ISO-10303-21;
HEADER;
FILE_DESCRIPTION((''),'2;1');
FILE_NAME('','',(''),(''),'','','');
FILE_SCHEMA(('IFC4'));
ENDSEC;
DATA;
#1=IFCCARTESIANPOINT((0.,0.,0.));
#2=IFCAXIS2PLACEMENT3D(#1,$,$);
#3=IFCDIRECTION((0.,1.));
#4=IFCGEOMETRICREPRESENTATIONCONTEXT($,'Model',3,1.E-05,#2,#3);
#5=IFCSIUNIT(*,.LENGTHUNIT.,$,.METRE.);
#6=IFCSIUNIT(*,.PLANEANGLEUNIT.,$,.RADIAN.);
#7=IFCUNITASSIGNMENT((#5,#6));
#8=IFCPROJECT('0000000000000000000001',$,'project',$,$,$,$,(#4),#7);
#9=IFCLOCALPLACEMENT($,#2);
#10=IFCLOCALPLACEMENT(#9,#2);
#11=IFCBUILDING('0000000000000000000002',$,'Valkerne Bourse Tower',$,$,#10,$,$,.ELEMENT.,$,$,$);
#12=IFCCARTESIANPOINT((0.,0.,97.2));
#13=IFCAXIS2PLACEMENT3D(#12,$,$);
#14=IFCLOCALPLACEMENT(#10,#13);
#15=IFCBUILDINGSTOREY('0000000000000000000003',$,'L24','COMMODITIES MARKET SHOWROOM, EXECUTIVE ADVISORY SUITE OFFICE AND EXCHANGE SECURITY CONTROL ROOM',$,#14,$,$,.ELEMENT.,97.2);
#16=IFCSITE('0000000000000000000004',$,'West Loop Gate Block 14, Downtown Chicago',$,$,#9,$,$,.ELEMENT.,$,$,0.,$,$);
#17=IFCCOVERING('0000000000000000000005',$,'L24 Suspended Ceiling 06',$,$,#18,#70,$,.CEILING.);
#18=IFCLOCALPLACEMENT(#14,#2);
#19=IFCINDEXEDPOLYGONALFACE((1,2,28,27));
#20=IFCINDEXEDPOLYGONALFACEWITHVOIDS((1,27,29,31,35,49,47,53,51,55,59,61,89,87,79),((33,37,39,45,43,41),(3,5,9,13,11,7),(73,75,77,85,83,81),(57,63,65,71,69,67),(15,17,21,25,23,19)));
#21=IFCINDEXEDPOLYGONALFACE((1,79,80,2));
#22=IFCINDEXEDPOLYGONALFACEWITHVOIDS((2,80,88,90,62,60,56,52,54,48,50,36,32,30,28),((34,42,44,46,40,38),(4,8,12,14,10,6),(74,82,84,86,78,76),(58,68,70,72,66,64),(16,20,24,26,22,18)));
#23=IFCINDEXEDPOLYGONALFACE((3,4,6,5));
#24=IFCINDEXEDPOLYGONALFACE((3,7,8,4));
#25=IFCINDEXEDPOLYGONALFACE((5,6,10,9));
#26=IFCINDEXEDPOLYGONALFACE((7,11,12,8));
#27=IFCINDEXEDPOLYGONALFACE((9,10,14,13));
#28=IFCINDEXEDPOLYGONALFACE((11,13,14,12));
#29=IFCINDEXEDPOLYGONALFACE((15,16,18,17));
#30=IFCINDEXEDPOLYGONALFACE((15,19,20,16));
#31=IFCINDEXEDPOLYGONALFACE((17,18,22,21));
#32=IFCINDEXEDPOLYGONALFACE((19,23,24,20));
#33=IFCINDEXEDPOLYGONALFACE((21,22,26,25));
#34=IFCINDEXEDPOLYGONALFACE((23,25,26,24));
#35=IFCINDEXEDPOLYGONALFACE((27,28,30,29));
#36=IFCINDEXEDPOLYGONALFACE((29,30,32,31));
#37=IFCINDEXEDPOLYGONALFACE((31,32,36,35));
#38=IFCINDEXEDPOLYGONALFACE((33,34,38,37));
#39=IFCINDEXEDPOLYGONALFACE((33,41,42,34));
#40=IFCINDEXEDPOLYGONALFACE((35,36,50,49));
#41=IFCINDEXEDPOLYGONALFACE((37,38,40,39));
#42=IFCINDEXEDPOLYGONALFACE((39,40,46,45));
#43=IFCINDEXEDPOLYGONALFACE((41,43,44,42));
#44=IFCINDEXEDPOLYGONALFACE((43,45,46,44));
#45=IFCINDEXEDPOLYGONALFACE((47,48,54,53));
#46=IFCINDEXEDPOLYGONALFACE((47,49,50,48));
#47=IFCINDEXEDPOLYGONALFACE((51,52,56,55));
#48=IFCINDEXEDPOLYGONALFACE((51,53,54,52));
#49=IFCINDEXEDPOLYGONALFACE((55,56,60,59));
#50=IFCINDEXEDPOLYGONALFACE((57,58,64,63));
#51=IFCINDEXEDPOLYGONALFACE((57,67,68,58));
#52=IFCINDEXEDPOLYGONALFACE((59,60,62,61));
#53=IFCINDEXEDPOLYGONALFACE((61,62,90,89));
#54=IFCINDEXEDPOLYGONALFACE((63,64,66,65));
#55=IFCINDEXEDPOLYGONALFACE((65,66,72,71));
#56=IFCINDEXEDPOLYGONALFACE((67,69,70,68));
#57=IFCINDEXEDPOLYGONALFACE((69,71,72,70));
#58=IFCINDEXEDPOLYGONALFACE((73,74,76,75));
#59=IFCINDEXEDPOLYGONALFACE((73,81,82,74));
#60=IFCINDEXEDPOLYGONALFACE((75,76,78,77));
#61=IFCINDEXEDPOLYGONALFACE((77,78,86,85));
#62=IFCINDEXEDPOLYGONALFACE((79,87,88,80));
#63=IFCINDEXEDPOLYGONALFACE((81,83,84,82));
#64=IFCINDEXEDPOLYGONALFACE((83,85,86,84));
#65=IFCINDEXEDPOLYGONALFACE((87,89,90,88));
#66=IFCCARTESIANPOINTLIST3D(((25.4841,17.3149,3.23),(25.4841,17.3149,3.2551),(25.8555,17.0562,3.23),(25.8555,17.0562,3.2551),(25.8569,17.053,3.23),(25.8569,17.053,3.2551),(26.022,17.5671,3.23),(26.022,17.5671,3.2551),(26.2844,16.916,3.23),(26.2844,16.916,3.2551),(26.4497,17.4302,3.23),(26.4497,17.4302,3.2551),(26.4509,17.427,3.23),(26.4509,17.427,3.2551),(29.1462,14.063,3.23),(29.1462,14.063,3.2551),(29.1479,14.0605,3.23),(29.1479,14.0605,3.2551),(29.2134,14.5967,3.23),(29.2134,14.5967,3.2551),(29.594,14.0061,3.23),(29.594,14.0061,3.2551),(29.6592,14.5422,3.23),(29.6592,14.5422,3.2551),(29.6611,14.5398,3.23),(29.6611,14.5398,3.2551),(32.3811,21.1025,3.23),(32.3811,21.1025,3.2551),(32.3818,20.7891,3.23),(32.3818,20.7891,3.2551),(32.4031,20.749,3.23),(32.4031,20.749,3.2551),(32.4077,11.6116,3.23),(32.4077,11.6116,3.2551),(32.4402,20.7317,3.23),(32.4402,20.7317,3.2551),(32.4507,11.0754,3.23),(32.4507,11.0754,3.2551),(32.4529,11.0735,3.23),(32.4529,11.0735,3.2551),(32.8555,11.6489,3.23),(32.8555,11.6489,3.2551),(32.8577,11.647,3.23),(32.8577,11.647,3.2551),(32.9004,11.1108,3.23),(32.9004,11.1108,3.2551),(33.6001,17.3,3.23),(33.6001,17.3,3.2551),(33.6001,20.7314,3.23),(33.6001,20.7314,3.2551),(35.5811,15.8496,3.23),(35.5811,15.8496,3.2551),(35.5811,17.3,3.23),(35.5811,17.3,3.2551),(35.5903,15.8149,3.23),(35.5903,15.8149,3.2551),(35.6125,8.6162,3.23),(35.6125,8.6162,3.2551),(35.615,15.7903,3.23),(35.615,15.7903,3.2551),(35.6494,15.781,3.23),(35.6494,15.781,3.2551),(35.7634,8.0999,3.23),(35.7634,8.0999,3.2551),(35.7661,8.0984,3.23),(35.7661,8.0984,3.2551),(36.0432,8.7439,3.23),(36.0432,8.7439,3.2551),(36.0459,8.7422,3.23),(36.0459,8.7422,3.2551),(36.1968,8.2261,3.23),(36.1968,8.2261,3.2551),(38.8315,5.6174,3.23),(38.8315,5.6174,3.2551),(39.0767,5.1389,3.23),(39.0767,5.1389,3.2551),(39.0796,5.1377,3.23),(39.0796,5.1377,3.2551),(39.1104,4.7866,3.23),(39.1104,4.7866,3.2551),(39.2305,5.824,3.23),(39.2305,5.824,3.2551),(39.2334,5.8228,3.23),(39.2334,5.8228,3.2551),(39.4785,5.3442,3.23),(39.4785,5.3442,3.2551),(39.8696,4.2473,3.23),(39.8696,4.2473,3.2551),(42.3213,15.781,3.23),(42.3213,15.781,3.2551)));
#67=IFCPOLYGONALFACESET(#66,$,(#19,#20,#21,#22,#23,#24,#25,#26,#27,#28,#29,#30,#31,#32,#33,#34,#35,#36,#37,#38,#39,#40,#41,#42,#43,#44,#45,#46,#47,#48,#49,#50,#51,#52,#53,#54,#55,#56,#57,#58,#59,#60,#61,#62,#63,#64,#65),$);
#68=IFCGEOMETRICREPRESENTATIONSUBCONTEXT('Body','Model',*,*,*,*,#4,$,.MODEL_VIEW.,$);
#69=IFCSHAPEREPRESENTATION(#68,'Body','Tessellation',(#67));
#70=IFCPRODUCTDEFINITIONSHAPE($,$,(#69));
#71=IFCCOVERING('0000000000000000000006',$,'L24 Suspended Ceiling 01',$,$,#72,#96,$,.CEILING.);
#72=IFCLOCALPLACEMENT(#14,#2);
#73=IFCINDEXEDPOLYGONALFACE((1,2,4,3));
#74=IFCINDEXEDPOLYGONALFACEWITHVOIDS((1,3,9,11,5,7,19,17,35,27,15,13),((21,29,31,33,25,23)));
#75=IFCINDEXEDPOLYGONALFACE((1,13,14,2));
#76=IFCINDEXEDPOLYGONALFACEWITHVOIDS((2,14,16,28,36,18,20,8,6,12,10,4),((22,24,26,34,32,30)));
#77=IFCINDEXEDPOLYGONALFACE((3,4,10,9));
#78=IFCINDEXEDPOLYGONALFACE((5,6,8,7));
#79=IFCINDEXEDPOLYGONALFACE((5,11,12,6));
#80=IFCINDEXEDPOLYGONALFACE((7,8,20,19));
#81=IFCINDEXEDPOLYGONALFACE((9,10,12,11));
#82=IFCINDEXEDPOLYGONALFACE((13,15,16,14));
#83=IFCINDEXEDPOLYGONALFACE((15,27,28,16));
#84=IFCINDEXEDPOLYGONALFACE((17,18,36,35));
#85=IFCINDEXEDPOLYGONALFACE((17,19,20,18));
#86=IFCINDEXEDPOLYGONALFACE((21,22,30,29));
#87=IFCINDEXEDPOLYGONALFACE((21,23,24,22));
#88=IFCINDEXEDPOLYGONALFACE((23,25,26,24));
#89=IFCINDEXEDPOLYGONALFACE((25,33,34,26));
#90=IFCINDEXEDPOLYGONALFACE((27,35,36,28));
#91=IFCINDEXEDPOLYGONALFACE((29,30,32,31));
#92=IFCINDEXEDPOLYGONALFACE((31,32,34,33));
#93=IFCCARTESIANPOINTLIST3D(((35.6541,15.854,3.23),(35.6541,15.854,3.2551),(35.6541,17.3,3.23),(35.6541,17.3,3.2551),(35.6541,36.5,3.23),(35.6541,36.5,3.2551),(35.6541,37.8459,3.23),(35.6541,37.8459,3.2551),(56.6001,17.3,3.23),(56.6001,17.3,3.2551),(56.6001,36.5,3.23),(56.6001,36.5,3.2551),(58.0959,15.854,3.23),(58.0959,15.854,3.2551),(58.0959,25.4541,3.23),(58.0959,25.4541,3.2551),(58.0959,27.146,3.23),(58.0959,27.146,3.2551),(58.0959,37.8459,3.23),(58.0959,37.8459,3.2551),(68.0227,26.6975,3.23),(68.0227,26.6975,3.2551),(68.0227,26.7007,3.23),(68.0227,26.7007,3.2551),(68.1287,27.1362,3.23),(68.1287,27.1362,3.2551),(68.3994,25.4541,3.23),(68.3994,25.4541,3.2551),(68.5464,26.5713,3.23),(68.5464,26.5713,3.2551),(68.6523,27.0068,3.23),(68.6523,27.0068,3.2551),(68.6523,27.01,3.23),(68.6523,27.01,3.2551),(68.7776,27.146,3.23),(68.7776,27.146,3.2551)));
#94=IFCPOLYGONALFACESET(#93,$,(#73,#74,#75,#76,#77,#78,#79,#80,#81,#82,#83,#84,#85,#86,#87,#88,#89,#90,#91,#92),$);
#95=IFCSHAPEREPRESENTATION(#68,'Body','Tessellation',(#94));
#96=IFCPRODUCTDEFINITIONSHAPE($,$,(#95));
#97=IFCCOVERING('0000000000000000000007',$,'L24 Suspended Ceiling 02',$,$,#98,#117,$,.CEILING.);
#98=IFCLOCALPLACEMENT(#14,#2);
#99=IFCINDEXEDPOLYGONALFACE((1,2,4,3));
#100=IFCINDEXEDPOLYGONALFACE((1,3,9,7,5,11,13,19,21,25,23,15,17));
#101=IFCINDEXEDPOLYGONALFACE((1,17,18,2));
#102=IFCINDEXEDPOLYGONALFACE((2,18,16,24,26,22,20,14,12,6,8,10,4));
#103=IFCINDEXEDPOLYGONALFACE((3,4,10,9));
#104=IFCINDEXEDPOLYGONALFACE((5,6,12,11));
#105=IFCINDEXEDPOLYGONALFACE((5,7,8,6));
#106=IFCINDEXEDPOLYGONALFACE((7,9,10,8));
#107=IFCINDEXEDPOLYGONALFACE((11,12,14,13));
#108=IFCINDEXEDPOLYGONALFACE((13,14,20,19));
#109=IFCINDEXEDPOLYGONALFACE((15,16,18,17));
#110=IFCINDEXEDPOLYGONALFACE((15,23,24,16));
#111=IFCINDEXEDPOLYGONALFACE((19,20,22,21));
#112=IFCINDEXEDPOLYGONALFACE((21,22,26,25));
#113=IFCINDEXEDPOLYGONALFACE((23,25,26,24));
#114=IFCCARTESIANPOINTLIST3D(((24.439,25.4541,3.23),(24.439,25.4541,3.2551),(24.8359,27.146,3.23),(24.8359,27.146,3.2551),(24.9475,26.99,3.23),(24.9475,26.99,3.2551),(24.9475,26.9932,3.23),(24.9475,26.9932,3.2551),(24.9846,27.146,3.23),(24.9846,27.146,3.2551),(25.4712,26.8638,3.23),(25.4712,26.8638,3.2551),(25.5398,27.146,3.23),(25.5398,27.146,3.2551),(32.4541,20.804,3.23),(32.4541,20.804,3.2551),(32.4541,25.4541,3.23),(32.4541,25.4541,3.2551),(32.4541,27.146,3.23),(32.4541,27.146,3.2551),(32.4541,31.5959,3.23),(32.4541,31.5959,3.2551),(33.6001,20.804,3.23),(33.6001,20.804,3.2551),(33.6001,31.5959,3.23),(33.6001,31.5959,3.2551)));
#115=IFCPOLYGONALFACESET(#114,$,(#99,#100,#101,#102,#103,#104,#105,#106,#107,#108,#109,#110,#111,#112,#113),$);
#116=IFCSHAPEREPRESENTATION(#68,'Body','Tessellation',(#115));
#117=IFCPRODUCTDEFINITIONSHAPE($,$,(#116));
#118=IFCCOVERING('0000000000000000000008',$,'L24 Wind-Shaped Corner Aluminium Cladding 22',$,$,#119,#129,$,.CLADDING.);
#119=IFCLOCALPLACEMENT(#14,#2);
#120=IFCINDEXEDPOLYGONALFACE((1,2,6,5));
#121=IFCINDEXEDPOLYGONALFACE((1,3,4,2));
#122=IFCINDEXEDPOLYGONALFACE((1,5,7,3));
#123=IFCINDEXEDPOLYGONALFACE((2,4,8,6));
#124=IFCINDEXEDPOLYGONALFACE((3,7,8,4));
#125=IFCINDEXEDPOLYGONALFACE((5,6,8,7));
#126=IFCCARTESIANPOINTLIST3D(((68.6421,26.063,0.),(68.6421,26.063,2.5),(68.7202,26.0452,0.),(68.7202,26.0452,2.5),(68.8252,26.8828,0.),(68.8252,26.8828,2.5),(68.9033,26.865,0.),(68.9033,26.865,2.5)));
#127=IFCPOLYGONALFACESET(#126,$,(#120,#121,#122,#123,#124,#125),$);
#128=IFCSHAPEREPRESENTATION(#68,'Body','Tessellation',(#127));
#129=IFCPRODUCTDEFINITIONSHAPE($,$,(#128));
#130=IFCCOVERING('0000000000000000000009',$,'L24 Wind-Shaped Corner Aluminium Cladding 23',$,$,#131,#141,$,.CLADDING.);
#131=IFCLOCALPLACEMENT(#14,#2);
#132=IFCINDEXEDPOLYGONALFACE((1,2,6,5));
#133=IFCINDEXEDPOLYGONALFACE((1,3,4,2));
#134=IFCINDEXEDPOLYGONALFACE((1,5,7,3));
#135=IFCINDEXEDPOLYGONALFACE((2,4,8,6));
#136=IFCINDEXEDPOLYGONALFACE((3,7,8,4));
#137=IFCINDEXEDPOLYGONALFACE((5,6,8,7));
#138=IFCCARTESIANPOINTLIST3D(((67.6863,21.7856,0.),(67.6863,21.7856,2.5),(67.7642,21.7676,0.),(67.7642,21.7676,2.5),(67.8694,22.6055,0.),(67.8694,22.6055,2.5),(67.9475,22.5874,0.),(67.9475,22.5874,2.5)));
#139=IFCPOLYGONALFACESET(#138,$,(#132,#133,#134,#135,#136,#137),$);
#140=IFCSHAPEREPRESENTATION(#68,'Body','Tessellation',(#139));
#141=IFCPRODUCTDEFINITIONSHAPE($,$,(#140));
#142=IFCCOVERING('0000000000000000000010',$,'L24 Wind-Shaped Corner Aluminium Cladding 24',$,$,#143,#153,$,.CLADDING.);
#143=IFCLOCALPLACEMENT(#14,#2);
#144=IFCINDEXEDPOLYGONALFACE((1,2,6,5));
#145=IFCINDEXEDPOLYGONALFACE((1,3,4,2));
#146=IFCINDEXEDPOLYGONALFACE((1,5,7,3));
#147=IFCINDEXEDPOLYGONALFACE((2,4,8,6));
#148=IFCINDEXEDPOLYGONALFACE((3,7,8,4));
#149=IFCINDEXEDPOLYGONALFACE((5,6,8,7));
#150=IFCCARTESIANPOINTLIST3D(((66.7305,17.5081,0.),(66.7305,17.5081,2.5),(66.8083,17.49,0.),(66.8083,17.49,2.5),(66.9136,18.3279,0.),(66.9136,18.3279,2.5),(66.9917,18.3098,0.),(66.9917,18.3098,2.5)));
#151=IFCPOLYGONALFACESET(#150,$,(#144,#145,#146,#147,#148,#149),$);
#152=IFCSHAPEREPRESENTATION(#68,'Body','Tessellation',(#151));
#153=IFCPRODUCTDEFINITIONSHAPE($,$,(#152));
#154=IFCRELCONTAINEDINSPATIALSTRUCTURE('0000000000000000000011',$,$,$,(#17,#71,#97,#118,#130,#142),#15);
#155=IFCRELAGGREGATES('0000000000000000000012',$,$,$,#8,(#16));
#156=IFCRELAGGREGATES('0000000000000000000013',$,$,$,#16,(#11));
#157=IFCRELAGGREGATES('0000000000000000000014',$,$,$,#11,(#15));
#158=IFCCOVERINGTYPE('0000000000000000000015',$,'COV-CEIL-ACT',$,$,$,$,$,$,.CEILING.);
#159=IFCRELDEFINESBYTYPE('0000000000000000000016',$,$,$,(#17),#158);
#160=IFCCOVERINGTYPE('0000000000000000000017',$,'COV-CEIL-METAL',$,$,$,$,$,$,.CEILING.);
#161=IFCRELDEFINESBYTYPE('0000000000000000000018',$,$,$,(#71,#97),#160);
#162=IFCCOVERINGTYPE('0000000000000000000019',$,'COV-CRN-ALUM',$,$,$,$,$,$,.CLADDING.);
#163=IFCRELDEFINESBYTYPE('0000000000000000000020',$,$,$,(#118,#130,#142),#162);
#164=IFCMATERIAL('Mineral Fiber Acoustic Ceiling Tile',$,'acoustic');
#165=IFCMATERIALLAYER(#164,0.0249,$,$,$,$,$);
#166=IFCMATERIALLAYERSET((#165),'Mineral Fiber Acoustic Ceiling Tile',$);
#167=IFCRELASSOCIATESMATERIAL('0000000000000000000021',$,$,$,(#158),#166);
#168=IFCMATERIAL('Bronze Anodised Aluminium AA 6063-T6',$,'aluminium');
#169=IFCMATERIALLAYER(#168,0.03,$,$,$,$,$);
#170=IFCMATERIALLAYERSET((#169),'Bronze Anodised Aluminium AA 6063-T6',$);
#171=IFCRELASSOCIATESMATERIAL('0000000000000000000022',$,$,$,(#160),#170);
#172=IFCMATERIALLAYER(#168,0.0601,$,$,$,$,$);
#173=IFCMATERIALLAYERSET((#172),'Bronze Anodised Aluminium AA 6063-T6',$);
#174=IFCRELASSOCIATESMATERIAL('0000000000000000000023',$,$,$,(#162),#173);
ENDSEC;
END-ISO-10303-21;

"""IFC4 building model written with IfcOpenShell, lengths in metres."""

from ifc_helpers import new_model, si_unit, direction, frame, origin, place, context, subcontext, project, spatial, polyline, outline, extrude, material, layer, layer_set, type_object, element, save


model = new_model("IFC4")

# Units and contexts
model_context = context("Model", 3, precision=1e-05, world=origin(), true_north=direction((0.0, 1.0)))
body_context = subcontext(model_context, "Body", "Model", "MODEL_VIEW")
ifc_project = project(units=[si_unit("LENGTHUNIT", "METRE"), si_unit("PLANEANGLEUNIT", "RADIAN")], contexts=[model_context])

# Site, building, storey
site_placement = place(None, origin())
site = spatial("IfcSite", under=ifc_project, at=site_placement, Name="West Loop Gate Block 14, Downtown Chicago", CompositionType="ELEMENT", RefElevation=0.0)
building_placement = place(site_placement, origin())
building = spatial("IfcBuilding", under=site, at=building_placement, Name="Valkerne Bourse Tower", CompositionType="ELEMENT")
storey_placement = place(building_placement, frame((0.0, 0.0, 97.2)))
storey = spatial("IfcBuildingStorey", under=building, at=storey_placement, Name="L24", Description="COMMODITIES MARKET SHOWROOM, EXECUTIVE ADVISORY SUITE OFFICE AND EXCHANGE SECURITY CONTROL ROOM", CompositionType="ELEMENT", Elevation=97.2)

# Coverings
ifc_material_1 = material(Name="Mineral Fiber Acoustic Ceiling Tile", Category="acoustic")
ifc_layer_1 = layer(ifc_material_1, 0.0249)
ifc_layer_set_1 = layer_set([ifc_layer_1], Name="Mineral Fiber Acoustic Ceiling Tile")
covering_type_1 = type_object("IfcCoveringType", Name="COV-CEIL-ACT", PredefinedType="CEILING", material=ifc_layer_set_1)
covering_1_placement = place(storey_placement, frame((0.0, 0.0, 3.23)))
element("IfcCovering", 1, at=covering_1_placement, inside=storey, type_object=covering_type_1, Name="L24 Suspended Ceiling 06", PredefinedType="CEILING", context=body_context, shape_type="SweptSolid", body=[
    extrude(outline(polyline([(32.3811, 21.1025), (32.3818, 20.7891), (32.4031, 20.749), (32.4402, 20.7317), (33.6001, 20.7314), (33.6001, 17.3), (35.5811, 17.3), (35.5811, 15.8496), (35.5903, 15.8149), (35.615, 15.7903), (35.6494, 15.781), (42.3213, 15.781), (39.8696, 4.2473), (39.1104, 4.7866), (25.4841, 17.3149), (32.3811, 21.1025)]), holes=[polyline([(36.0459, 8.7422), (36.0432, 8.7439), (35.6125, 8.6162), (35.7634, 8.0999), (35.7661, 8.0984), (36.1968, 8.2261), (36.0459, 8.7422)]), polyline([(32.8577, 11.647), (32.8555, 11.6489), (32.4077, 11.6116), (32.4507, 11.0754), (32.4529, 11.0735), (32.9004, 11.1108), (32.8577, 11.647)]), polyline([(29.6611, 14.5398), (29.6592, 14.5422), (29.2134, 14.5967), (29.1462, 14.063), (29.1479, 14.0605), (29.594, 14.0061), (29.6611, 14.5398)]), polyline([(26.4509, 17.427), (26.4497, 17.4302), (26.022, 17.5671), (25.8555, 17.0562), (25.8569, 17.053), (26.2844, 16.916), (26.4509, 17.427)]), polyline([(39.2334, 5.8228), (39.2305, 5.824), (38.8315, 5.6174), (39.0767, 5.1389), (39.0796, 5.1377), (39.4785, 5.3442), (39.2334, 5.8228)])]), origin(), (0.0, 0.0, 1.0), 0.0251),
])
ifc_material_2 = material(Name="Bronze Anodised Aluminium AA 6063-T6", Category="aluminium")
ifc_layer_2 = layer(ifc_material_2, 0.03)
ifc_layer_set_2 = layer_set([ifc_layer_2], Name="Bronze Anodised Aluminium AA 6063-T6")
covering_type_2 = type_object("IfcCoveringType", Name="COV-CEIL-METAL", PredefinedType="CEILING", material=ifc_layer_set_2)
covering_2_placement = place(storey_placement, frame((0.0, 0.0, 3.23)))
element("IfcCovering", 2, at=covering_2_placement, inside=storey, type_object=covering_type_2, Name="L24 Suspended Ceiling 01", PredefinedType="CEILING", context=body_context, shape_type="SweptSolid", body=[
    extrude(outline(polyline([(68.7776, 27.146), (68.3994, 25.4541), (58.0959, 25.4541), (58.0959, 15.854), (35.6541, 15.854), (35.6541, 17.3), (56.6001, 17.3), (56.6001, 36.5), (35.6541, 36.5), (35.6541, 37.8459), (58.0959, 37.8459), (58.0959, 27.146), (68.7776, 27.146)]), holes=[polyline([(68.6523, 27.0068), (68.6523, 27.01), (68.1287, 27.1362), (68.0227, 26.7007), (68.0227, 26.6975), (68.5464, 26.5713), (68.6523, 27.0068)])]), origin(), (0.0, 0.0, 1.0), 0.0251),
])
covering_3_placement = place(storey_placement, frame((0.0, 0.0, 3.23)))
element("IfcCovering", 3, at=covering_3_placement, inside=storey, type_object=covering_type_2, Name="L24 Suspended Ceiling 02", PredefinedType="CEILING", context=body_context, shape_type="SweptSolid", body=[
    extrude(outline(polyline([(32.4541, 20.804), (32.4541, 25.4541), (24.439, 25.4541), (24.8359, 27.146), (24.9846, 27.146), (24.9475, 26.9932), (24.9475, 26.99), (25.4712, 26.8638), (25.5398, 27.146), (32.4541, 27.146), (32.4541, 31.5959), (33.6001, 31.5959), (33.6001, 20.804), (32.4541, 20.804)])), origin(), (0.0, 0.0, 1.0), 0.0251),
])
ifc_layer_3 = layer(ifc_material_2, 0.0601)
ifc_layer_set_3 = layer_set([ifc_layer_3], Name="Bronze Anodised Aluminium AA 6063-T6")
covering_type_3 = type_object("IfcCoveringType", Name="COV-CRN-ALUM", PredefinedType="CLADDING", material=ifc_layer_set_3)
covering_4_placement = place(storey_placement, origin())
element("IfcCovering", 4, at=covering_4_placement, inside=storey, type_object=covering_type_3, Name="L24 Wind-Shaped Corner Aluminium Cladding 22", PredefinedType="CLADDING", context=body_context, shape_type="SweptSolid", body=[
    extrude(outline(polyline([(68.7202, 26.0452), (68.6421, 26.063), (68.8252, 26.8828), (68.9033, 26.865), (68.7202, 26.0452)])), origin(), (0.0, 0.0, 1.0), 2.5),
])
covering_5_placement = place(storey_placement, origin())
element("IfcCovering", 5, at=covering_5_placement, inside=storey, type_object=covering_type_3, Name="L24 Wind-Shaped Corner Aluminium Cladding 23", PredefinedType="CLADDING", context=body_context, shape_type="SweptSolid", body=[
    extrude(outline(polyline([(67.7642, 21.7676), (67.6863, 21.7856), (67.8694, 22.6055), (67.9475, 22.5874), (67.7642, 21.7676)])), origin(), (0.0, 0.0, 1.0), 2.5),
])
covering_6_placement = place(storey_placement, origin())
element("IfcCovering", 6, at=covering_6_placement, inside=storey, type_object=covering_type_3, Name="L24 Wind-Shaped Corner Aluminium Cladding 24", PredefinedType="CLADDING", context=body_context, shape_type="SweptSolid", body=[
    extrude(outline(polyline([(66.8083, 17.49), (66.7305, 17.5081), (66.9136, 18.3279), (66.9917, 18.3098), (66.8083, 17.49)])), origin(), (0.0, 0.0, 1.0), 2.5),
])

save(model, "model.ifc")
